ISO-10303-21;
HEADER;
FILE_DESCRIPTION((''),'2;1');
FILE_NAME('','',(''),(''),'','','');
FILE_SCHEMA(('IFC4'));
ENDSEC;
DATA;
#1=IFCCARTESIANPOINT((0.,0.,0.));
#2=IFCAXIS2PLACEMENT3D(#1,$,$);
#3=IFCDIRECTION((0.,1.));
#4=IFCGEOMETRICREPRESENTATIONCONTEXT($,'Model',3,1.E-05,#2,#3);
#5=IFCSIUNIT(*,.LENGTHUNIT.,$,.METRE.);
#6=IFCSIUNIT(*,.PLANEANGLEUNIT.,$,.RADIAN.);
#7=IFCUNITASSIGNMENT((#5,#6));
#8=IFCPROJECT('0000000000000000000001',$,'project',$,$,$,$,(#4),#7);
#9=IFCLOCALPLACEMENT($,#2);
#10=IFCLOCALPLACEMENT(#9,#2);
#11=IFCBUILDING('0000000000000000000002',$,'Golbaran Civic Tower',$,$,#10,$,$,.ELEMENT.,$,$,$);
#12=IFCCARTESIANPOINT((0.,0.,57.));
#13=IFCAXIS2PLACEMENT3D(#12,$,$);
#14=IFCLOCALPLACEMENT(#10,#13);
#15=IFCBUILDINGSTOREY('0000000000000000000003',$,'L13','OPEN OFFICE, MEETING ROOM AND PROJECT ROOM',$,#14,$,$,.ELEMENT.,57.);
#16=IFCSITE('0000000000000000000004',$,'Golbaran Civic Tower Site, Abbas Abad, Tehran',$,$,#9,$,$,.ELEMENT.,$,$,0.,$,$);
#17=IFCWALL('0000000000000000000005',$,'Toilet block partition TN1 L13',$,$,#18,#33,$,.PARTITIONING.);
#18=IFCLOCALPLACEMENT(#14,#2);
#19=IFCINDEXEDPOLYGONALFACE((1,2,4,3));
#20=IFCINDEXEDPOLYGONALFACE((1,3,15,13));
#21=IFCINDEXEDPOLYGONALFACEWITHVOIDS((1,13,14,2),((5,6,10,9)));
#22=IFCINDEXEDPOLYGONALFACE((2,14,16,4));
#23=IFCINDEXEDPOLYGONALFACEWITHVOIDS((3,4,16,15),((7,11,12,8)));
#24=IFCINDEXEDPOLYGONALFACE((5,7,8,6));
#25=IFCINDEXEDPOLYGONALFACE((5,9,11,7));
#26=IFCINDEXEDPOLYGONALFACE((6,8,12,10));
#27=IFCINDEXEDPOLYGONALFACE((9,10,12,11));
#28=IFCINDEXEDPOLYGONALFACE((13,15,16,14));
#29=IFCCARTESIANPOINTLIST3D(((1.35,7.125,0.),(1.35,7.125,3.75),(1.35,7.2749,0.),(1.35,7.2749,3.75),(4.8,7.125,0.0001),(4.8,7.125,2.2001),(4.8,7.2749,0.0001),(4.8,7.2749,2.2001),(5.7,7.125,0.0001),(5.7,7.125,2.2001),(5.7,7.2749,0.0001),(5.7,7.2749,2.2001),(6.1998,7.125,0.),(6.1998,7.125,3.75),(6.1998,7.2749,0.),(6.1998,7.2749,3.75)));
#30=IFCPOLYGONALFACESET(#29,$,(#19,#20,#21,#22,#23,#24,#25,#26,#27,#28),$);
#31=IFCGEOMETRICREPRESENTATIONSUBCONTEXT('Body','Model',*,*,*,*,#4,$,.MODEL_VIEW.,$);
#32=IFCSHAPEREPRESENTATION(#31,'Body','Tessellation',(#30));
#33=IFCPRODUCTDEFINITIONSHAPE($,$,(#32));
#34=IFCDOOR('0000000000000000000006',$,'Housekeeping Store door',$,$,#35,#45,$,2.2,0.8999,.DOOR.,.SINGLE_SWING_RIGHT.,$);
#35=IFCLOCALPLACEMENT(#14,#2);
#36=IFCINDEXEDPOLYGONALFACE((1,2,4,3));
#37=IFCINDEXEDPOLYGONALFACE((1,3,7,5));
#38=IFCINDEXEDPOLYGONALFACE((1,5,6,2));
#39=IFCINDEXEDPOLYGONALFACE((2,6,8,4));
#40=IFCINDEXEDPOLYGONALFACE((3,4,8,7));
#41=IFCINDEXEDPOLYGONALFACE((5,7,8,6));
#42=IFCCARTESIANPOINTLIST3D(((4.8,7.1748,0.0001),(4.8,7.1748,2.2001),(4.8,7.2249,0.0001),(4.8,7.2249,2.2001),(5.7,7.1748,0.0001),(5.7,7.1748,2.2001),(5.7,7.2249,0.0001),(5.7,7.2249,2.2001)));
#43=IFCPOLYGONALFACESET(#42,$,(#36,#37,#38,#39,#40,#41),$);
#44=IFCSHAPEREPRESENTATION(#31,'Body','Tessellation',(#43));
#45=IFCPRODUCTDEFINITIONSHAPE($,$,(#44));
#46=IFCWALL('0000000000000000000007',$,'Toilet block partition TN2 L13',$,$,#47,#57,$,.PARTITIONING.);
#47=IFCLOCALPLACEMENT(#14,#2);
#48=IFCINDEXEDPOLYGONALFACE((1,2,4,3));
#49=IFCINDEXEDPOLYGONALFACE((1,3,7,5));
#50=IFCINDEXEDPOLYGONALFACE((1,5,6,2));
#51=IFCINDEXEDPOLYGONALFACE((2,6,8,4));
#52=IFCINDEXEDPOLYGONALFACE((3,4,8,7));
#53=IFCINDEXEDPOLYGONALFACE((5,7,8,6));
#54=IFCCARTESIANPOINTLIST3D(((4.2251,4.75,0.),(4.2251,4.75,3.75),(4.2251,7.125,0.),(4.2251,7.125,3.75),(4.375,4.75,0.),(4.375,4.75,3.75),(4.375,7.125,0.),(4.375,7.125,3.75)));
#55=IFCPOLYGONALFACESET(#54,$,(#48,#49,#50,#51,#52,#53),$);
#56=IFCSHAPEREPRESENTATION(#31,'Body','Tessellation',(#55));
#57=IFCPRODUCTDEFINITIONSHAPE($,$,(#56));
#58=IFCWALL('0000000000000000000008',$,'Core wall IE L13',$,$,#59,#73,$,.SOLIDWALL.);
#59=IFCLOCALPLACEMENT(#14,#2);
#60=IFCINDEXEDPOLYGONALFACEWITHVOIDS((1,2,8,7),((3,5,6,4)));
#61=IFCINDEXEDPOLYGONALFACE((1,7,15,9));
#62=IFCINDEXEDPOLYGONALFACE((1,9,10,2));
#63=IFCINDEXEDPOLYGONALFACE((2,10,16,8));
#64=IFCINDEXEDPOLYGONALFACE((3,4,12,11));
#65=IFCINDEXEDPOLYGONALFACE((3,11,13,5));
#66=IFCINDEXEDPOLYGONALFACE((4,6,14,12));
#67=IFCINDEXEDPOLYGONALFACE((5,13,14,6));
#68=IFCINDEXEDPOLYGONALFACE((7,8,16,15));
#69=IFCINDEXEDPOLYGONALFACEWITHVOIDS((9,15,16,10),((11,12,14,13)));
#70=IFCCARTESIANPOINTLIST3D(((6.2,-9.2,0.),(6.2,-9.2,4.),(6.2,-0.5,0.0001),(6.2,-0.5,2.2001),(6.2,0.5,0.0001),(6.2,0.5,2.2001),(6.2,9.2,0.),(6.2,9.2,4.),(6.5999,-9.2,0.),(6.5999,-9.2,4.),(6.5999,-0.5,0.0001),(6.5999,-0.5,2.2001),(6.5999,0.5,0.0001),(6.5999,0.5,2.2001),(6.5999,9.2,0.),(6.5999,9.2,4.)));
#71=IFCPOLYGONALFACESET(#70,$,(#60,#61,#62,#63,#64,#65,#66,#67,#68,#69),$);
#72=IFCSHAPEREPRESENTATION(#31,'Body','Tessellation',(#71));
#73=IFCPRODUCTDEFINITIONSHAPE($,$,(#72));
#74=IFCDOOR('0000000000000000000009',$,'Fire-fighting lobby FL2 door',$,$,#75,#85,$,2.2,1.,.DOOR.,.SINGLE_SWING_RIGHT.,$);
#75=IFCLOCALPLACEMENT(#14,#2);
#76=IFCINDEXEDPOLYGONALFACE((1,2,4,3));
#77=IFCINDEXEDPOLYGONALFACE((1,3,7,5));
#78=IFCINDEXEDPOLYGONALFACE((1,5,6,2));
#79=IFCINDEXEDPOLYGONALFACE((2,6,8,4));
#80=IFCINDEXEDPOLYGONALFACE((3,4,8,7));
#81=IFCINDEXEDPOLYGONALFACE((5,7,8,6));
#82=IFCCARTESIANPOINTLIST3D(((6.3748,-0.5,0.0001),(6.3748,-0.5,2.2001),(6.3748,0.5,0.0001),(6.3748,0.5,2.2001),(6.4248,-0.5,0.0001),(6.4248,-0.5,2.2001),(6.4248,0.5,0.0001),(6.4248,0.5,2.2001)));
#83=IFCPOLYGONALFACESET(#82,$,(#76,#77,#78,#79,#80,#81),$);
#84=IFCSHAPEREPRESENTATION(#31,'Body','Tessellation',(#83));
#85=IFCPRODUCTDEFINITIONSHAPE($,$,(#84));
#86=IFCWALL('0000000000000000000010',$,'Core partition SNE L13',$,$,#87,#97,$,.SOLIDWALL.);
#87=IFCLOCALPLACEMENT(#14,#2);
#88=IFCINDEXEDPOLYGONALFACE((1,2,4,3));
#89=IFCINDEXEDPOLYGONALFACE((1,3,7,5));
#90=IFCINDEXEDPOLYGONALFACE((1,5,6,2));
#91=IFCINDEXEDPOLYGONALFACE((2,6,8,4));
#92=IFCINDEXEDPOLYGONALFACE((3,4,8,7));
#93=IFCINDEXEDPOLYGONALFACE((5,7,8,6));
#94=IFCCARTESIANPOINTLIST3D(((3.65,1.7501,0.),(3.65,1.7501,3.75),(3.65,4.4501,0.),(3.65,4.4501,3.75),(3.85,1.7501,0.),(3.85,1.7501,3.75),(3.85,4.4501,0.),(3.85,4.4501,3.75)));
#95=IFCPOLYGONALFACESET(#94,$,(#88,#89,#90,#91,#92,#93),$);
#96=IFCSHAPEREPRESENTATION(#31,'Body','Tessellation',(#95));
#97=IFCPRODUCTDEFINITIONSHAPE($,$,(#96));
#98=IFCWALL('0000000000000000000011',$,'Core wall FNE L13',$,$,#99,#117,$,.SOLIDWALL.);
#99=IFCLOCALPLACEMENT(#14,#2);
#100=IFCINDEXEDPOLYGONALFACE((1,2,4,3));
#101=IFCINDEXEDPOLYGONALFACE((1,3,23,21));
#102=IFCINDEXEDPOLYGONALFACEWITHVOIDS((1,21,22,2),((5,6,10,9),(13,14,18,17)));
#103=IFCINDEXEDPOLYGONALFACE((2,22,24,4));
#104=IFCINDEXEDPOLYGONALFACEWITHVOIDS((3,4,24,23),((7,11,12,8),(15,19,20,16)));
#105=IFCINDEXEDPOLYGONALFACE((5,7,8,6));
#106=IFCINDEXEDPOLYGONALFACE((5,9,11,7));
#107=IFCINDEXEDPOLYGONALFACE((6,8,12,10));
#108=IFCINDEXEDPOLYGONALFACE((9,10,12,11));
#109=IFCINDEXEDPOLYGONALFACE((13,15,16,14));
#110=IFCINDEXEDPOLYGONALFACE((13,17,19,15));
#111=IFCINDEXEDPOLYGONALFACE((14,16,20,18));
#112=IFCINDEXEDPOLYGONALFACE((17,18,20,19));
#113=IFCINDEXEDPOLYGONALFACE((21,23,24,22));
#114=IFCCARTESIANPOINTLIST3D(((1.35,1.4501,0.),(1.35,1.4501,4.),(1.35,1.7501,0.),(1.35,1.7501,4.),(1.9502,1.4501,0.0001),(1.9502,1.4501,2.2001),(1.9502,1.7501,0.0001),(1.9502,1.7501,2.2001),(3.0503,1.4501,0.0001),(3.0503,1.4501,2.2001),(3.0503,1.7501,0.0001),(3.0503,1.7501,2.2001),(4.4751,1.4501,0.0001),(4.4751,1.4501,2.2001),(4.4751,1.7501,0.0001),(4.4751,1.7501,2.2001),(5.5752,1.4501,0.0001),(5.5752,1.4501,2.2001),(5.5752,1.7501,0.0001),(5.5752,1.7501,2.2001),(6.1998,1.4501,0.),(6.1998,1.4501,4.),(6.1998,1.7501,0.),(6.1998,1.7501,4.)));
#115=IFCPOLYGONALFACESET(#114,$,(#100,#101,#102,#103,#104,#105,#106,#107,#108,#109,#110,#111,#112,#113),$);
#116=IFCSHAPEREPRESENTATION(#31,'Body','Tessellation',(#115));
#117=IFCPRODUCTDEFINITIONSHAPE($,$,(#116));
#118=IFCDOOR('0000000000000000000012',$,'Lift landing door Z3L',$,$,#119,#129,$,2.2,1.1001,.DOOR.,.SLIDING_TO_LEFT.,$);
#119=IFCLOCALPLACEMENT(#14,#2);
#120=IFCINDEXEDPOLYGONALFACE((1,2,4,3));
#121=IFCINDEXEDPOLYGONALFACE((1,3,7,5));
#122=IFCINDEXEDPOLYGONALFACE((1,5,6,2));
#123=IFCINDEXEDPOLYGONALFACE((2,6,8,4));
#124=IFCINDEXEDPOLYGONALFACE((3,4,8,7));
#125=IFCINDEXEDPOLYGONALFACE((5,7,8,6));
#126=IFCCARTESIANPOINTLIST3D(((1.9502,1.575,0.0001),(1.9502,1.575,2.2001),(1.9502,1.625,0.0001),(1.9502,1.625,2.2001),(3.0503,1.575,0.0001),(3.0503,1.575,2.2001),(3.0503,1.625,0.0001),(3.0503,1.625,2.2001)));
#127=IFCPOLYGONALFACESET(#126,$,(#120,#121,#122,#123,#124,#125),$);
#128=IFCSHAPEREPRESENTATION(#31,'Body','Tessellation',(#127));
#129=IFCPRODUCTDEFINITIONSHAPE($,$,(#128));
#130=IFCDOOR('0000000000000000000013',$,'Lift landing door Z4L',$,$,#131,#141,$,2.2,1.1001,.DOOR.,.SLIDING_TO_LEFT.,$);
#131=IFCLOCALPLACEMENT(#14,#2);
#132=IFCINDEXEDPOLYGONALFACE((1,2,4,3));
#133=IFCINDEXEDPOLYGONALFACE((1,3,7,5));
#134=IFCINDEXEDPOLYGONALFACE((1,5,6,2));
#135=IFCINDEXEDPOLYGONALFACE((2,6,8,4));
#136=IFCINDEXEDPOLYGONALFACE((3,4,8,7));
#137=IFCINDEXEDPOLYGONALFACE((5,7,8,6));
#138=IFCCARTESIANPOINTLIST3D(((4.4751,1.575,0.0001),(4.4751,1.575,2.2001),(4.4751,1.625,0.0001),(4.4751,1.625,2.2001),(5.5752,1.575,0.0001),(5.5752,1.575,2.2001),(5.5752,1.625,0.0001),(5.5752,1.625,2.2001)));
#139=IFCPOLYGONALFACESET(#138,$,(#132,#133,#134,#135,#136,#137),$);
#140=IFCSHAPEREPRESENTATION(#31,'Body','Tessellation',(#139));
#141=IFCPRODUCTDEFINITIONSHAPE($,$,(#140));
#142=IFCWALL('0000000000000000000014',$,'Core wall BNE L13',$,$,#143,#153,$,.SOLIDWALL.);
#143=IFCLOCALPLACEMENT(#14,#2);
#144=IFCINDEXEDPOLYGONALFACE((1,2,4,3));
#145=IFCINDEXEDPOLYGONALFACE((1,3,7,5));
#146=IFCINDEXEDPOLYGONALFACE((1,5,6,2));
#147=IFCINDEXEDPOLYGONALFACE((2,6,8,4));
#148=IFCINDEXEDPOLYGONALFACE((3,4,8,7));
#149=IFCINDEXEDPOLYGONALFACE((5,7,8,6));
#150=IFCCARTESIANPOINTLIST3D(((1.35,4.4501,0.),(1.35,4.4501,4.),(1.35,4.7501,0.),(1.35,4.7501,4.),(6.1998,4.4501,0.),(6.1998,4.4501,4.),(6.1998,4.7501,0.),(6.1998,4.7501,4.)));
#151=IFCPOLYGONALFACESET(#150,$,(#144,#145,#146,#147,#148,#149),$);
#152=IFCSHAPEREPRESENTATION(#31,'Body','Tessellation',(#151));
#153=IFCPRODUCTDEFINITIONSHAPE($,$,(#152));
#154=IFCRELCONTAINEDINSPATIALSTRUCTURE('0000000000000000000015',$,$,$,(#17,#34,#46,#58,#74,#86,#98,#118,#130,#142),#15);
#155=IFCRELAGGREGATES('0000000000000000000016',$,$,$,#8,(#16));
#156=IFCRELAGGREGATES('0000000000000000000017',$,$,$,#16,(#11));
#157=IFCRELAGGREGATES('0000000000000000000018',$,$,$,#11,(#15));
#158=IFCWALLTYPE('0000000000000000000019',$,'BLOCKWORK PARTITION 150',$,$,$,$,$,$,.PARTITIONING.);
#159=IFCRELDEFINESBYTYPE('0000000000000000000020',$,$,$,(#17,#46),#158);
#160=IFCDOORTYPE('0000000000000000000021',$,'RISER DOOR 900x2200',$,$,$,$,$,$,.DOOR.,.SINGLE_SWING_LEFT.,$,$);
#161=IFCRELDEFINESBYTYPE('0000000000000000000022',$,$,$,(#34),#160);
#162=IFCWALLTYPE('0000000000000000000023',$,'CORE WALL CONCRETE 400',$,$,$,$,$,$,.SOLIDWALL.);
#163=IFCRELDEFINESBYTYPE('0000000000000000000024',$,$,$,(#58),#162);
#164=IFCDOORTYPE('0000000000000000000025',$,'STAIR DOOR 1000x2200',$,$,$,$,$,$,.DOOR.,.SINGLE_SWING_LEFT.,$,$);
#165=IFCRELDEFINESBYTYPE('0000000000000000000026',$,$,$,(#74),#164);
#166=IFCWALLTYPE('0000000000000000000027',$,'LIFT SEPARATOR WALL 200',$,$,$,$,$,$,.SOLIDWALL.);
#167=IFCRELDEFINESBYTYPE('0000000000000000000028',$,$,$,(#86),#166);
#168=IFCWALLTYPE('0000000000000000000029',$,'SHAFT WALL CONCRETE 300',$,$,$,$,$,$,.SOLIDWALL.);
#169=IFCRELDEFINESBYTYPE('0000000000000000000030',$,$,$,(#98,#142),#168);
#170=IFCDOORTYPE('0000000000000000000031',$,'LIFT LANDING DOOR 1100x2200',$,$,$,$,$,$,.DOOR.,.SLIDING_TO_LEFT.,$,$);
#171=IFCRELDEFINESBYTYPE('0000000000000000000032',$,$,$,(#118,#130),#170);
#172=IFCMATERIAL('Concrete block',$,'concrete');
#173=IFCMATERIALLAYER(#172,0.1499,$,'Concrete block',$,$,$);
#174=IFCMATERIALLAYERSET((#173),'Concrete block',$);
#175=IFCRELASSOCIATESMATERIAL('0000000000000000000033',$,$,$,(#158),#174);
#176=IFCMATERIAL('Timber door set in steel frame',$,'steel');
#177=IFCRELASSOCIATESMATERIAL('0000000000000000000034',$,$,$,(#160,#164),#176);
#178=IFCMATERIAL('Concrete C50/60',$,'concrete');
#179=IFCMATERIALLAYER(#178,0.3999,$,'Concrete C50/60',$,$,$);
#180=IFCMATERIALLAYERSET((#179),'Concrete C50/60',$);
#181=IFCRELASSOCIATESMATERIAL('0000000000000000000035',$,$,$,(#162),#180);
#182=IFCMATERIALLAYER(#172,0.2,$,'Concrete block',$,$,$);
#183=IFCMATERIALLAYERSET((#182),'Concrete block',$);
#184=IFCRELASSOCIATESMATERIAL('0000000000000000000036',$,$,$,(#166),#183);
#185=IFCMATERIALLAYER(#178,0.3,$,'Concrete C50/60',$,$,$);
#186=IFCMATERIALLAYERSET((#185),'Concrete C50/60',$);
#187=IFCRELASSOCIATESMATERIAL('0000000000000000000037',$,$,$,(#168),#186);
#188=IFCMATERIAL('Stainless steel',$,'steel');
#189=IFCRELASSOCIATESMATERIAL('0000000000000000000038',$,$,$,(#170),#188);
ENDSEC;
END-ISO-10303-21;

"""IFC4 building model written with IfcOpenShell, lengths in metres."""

from ifc_helpers import new_model, si_unit, direction, frame, frame_2d, origin, place, context, subcontext, project, spatial, rectangle, extrude, material, layer, layer_set, type_object, element, fill, save


model = new_model("IFC4")

# Units and contexts
model_context = context("Model", 3, precision=1e-05, world=origin(), true_north=direction((0.0, 1.0)))
body_context = subcontext(model_context, "Body", "Model", "MODEL_VIEW")
ifc_project = project(units=[si_unit("LENGTHUNIT", "METRE"), si_unit("PLANEANGLEUNIT", "RADIAN")], contexts=[model_context])

# Site, building, storey
site_placement = place(None, origin())
site = spatial("IfcSite", under=ifc_project, at=site_placement, Name="Golbaran Civic Tower Site, Abbas Abad, Tehran", CompositionType="ELEMENT", RefElevation=0.0)
building_placement = place(site_placement, origin())
building = spatial("IfcBuilding", under=site, at=building_placement, Name="Golbaran Civic Tower", CompositionType="ELEMENT")
storey_placement = place(building_placement, frame((0.0, 0.0, 57.0)))
storey = spatial("IfcBuildingStorey", under=building, at=storey_placement, Name="L13", Description="OPEN OFFICE, MEETING ROOM AND PROJECT ROOM", CompositionType="ELEMENT", Elevation=57.0)

# Wall, opening, door
ifc_material_1 = material(Name="Concrete block", Category="concrete")
ifc_layer_1 = layer(ifc_material_1, 0.1499, Name="Concrete block")
ifc_layer_set_1 = layer_set([ifc_layer_1], Name="Concrete block")
wall_type_1 = type_object("IfcWallType", Name="BLOCKWORK PARTITION 150", PredefinedType="PARTITIONING", material=ifc_layer_set_1)
wall_1_placement = place(storey_placement, frame((1.3501, 7.2, 0.0), z_axis=(0.0, 0.0, 1.0), x_axis=(1.0, 0.0, 0.0)))
wall_1 = element("IfcWall", 1, at=wall_1_placement, inside=storey, type_object=wall_type_1, Name="Toilet block partition TN1 L13", PredefinedType="PARTITIONING", context=body_context, shape_type="SweptSolid", body=[
    extrude(rectangle(XDim=4.8499, YDim=0.1499, at=frame_2d((2.4248, 0.0))), origin(), (0.0, 0.0, 1.0), 3.75),
])
opening_1_placement = place(wall_1_placement, frame((3.45, 0.0, 0.0)))
opening_1 = element("IfcOpeningElement", 2, at=opening_1_placement, cuts=wall_1, PredefinedType="OPENING", context=body_context, shape_type="SweptSolid", body=[
    extrude(rectangle(XDim=0.8999, YDim=2.2, at=frame_2d((0.45, 1.1001))), frame((0.0, 0.085, 0.0), z_axis=(0.0, -1.0, 0.0), x_axis=(1.0, 0.0, 0.0)), (0.0, 0.0, 1.0), 0.1699),
])
ifc_material_2 = material(Name="Timber door set in steel frame", Category="steel")
door_type_1 = type_object("IfcDoorType", Name="RISER DOOR 900x2200", OperationType="SINGLE_SWING_LEFT", PredefinedType="DOOR", material=ifc_material_2)
door_1_placement = place(opening_1_placement, origin())
door_1 = element("IfcDoor", 3, at=door_1_placement, inside=storey, type_object=door_type_1, Name="Housekeeping Store door", OperationType="SINGLE_SWING_RIGHT", OverallHeight=2.2, OverallWidth=0.8999, PredefinedType="DOOR", context=body_context, shape_type="SweptSolid", body=[
    extrude(rectangle(XDim=0.8999, YDim=2.2, at=frame_2d((0.45, 1.1001))), frame((0.0, 0.0249, 0.0), z_axis=(0.0, -1.0, 0.0), x_axis=(1.0, 0.0, 0.0)), (0.0, 0.0, 1.0), 0.05),
])
fill(opening_1, door_1)

# Wall
wall_2_placement = place(storey_placement, frame((4.3, 4.75, 0.0), z_axis=(0.0, 0.0, 1.0), x_axis=(0.0, 1.0, 0.0)))
element("IfcWall", 4, at=wall_2_placement, inside=storey, type_object=wall_type_1, Name="Toilet block partition TN2 L13", PredefinedType="PARTITIONING", context=body_context, shape_type="SweptSolid", body=[
    extrude(rectangle(XDim=2.375, YDim=0.1499, at=frame_2d((1.1875, 0.0))), origin(), (0.0, 0.0, 1.0), 3.75),
])

# Wall, opening, door
ifc_material_3 = material(Name="Concrete C50/60", Category="concrete")
ifc_layer_2 = layer(ifc_material_3, 0.3999, Name="Concrete C50/60")
ifc_layer_set_2 = layer_set([ifc_layer_2], Name="Concrete C50/60")
wall_type_2 = type_object("IfcWallType", Name="CORE WALL CONCRETE 400", PredefinedType="SOLIDWALL", material=ifc_layer_set_2)
wall_3_placement = place(storey_placement, frame((6.3999, 9.2, 0.0), z_axis=(0.0, 0.0, 1.0), x_axis=(0.0, -1.0, 0.0)))
wall_3 = element("IfcWall", 5, at=wall_3_placement, inside=storey, type_object=wall_type_2, Name="Core wall IE L13", PredefinedType="SOLIDWALL", context=body_context, shape_type="SweptSolid", body=[
    extrude(rectangle(XDim=18.3999, YDim=0.3999, at=frame_2d((9.2, 0.0))), origin(), (0.0, 0.0, 1.0), 4.0),
])
opening_2_placement = place(wall_3_placement, frame((8.7, 0.0, 0.0)))
opening_2 = element("IfcOpeningElement", 6, at=opening_2_placement, cuts=wall_3, PredefinedType="OPENING", context=body_context, shape_type="SweptSolid", body=[
    extrude(rectangle(XDim=1.0, YDim=2.2, at=frame_2d((0.5, 1.1001))), frame((0.0, 0.21, 0.0), z_axis=(0.0, -1.0, 0.0), x_axis=(1.0, 0.0, 0.0)), (0.0, 0.0, 1.0), 0.4199),
])
door_type_2 = type_object("IfcDoorType", Name="STAIR DOOR 1000x2200", OperationType="SINGLE_SWING_LEFT", PredefinedType="DOOR", material=ifc_material_2)
door_2_placement = place(opening_2_placement, origin())
door_2 = element("IfcDoor", 7, at=door_2_placement, inside=storey, type_object=door_type_2, Name="Fire-fighting lobby FL2 door", OperationType="SINGLE_SWING_RIGHT", OverallHeight=2.2, OverallWidth=1.0, PredefinedType="DOOR", context=body_context, shape_type="SweptSolid", body=[
    extrude(rectangle(XDim=1.0, YDim=2.2, at=frame_2d((0.5, 1.1001))), frame((0.0, 0.0249, 0.0), z_axis=(0.0, -1.0, 0.0), x_axis=(1.0, 0.0, 0.0)), (0.0, 0.0, 1.0), 0.05),
])
fill(opening_2, door_2)

# Wall
ifc_layer_3 = layer(ifc_material_1, 0.2, Name="Concrete block")
ifc_layer_set_3 = layer_set([ifc_layer_3], Name="Concrete block")
wall_type_3 = type_object("IfcWallType", Name="LIFT SEPARATOR WALL 200", PredefinedType="SOLIDWALL", material=ifc_layer_set_3)
wall_4_placement = place(storey_placement, frame((3.75, 1.75, 0.0), z_axis=(0.0, 0.0, 1.0), x_axis=(0.0, 1.0, 0.0)))
element("IfcWall", 8, at=wall_4_placement, inside=storey, type_object=wall_type_3, Name="Core partition SNE L13", PredefinedType="SOLIDWALL", context=body_context, shape_type="SweptSolid", body=[
    extrude(rectangle(XDim=2.7, YDim=0.2, at=frame_2d((1.3501, 0.0))), origin(), (0.0, 0.0, 1.0), 3.75),
])

# Wall, openings, doors
ifc_layer_4 = layer(ifc_material_3, 0.3, Name="Concrete C50/60")
ifc_layer_set_4 = layer_set([ifc_layer_4], Name="Concrete C50/60")
wall_type_4 = type_object("IfcWallType", Name="SHAFT WALL CONCRETE 300", PredefinedType="SOLIDWALL", material=ifc_layer_set_4)
wall_5_placement = place(storey_placement, frame((1.3501, 1.6001, 0.0), z_axis=(0.0, 0.0, 1.0), x_axis=(1.0, 0.0, 0.0)))
wall_5 = element("IfcWall", 9, at=wall_5_placement, inside=storey, type_object=wall_type_4, Name="Core wall FNE L13", PredefinedType="SOLIDWALL", context=body_context, shape_type="SweptSolid", body=[
    extrude(rectangle(XDim=4.8499, YDim=0.3, at=frame_2d((2.4248, 0.0))), origin(), (0.0, 0.0, 1.0), 4.0),
])
opening_3_placement = place(wall_5_placement, frame((0.6001, 0.0, 0.0)))
opening_3 = element("IfcOpeningElement", 10, at=opening_3_placement, cuts=wall_5, PredefinedType="OPENING", context=body_context, shape_type="SweptSolid", body=[
    extrude(rectangle(XDim=1.1001, YDim=2.2, at=frame_2d((0.55, 1.1001))), frame((0.0, 0.1599, 0.0), z_axis=(0.0, -1.0, 0.0), x_axis=(1.0, 0.0, 0.0)), (0.0, 0.0, 1.0), 0.3201),
])
opening_4_placement = place(wall_5_placement, frame((3.125, 0.0, 0.0)))
opening_4 = element("IfcOpeningElement", 11, at=opening_4_placement, cuts=wall_5, PredefinedType="OPENING", context=body_context, shape_type="SweptSolid", body=[
    extrude(rectangle(XDim=1.1001, YDim=2.2, at=frame_2d((0.55, 1.1001))), frame((0.0, 0.1599, 0.0), z_axis=(0.0, -1.0, 0.0), x_axis=(1.0, 0.0, 0.0)), (0.0, 0.0, 1.0), 0.3201),
])
ifc_material_4 = material(Name="Stainless steel", Category="steel")
door_type_3 = type_object("IfcDoorType", Name="LIFT LANDING DOOR 1100x2200", OperationType="SLIDING_TO_LEFT", PredefinedType="DOOR", material=ifc_material_4)
door_3_placement = place(opening_3_placement, origin())
door_3 = element("IfcDoor", 12, at=door_3_placement, inside=storey, type_object=door_type_3, Name="Lift landing door Z3L", OperationType="SLIDING_TO_LEFT", OverallHeight=2.2, OverallWidth=1.1001, PredefinedType="DOOR", context=body_context, shape_type="SweptSolid", body=[
    extrude(rectangle(XDim=1.1001, YDim=2.2, at=frame_2d((0.55, 1.1001))), frame((0.0, 0.0249, 0.0), z_axis=(0.0, -1.0, 0.0), x_axis=(1.0, 0.0, 0.0)), (0.0, 0.0, 1.0), 0.05),
])
fill(opening_3, door_3)
door_4_placement = place(opening_4_placement, origin())
door_4 = element("IfcDoor", 13, at=door_4_placement, inside=storey, type_object=door_type_3, Name="Lift landing door Z4L", OperationType="SLIDING_TO_LEFT", OverallHeight=2.2, OverallWidth=1.1001, PredefinedType="DOOR", context=body_context, shape_type="SweptSolid", body=[
    extrude(rectangle(XDim=1.1001, YDim=2.2, at=frame_2d((0.55, 1.1001))), frame((0.0, 0.0249, 0.0), z_axis=(0.0, -1.0, 0.0), x_axis=(1.0, 0.0, 0.0)), (0.0, 0.0, 1.0), 0.05),
])
fill(opening_4, door_4)

# Wall
wall_6_placement = place(storey_placement, frame((1.3501, 4.6001, 0.0), z_axis=(0.0, 0.0, 1.0), x_axis=(1.0, 0.0, 0.0)))
element("IfcWall", 14, at=wall_6_placement, inside=storey, type_object=wall_type_4, Name="Core wall BNE L13", PredefinedType="SOLIDWALL", context=body_context, shape_type="SweptSolid", body=[
    extrude(rectangle(XDim=4.8499, YDim=0.3, at=frame_2d((2.4248, 0.0))), origin(), (0.0, 0.0, 1.0), 4.0),
])

save(model, "model.ifc")
